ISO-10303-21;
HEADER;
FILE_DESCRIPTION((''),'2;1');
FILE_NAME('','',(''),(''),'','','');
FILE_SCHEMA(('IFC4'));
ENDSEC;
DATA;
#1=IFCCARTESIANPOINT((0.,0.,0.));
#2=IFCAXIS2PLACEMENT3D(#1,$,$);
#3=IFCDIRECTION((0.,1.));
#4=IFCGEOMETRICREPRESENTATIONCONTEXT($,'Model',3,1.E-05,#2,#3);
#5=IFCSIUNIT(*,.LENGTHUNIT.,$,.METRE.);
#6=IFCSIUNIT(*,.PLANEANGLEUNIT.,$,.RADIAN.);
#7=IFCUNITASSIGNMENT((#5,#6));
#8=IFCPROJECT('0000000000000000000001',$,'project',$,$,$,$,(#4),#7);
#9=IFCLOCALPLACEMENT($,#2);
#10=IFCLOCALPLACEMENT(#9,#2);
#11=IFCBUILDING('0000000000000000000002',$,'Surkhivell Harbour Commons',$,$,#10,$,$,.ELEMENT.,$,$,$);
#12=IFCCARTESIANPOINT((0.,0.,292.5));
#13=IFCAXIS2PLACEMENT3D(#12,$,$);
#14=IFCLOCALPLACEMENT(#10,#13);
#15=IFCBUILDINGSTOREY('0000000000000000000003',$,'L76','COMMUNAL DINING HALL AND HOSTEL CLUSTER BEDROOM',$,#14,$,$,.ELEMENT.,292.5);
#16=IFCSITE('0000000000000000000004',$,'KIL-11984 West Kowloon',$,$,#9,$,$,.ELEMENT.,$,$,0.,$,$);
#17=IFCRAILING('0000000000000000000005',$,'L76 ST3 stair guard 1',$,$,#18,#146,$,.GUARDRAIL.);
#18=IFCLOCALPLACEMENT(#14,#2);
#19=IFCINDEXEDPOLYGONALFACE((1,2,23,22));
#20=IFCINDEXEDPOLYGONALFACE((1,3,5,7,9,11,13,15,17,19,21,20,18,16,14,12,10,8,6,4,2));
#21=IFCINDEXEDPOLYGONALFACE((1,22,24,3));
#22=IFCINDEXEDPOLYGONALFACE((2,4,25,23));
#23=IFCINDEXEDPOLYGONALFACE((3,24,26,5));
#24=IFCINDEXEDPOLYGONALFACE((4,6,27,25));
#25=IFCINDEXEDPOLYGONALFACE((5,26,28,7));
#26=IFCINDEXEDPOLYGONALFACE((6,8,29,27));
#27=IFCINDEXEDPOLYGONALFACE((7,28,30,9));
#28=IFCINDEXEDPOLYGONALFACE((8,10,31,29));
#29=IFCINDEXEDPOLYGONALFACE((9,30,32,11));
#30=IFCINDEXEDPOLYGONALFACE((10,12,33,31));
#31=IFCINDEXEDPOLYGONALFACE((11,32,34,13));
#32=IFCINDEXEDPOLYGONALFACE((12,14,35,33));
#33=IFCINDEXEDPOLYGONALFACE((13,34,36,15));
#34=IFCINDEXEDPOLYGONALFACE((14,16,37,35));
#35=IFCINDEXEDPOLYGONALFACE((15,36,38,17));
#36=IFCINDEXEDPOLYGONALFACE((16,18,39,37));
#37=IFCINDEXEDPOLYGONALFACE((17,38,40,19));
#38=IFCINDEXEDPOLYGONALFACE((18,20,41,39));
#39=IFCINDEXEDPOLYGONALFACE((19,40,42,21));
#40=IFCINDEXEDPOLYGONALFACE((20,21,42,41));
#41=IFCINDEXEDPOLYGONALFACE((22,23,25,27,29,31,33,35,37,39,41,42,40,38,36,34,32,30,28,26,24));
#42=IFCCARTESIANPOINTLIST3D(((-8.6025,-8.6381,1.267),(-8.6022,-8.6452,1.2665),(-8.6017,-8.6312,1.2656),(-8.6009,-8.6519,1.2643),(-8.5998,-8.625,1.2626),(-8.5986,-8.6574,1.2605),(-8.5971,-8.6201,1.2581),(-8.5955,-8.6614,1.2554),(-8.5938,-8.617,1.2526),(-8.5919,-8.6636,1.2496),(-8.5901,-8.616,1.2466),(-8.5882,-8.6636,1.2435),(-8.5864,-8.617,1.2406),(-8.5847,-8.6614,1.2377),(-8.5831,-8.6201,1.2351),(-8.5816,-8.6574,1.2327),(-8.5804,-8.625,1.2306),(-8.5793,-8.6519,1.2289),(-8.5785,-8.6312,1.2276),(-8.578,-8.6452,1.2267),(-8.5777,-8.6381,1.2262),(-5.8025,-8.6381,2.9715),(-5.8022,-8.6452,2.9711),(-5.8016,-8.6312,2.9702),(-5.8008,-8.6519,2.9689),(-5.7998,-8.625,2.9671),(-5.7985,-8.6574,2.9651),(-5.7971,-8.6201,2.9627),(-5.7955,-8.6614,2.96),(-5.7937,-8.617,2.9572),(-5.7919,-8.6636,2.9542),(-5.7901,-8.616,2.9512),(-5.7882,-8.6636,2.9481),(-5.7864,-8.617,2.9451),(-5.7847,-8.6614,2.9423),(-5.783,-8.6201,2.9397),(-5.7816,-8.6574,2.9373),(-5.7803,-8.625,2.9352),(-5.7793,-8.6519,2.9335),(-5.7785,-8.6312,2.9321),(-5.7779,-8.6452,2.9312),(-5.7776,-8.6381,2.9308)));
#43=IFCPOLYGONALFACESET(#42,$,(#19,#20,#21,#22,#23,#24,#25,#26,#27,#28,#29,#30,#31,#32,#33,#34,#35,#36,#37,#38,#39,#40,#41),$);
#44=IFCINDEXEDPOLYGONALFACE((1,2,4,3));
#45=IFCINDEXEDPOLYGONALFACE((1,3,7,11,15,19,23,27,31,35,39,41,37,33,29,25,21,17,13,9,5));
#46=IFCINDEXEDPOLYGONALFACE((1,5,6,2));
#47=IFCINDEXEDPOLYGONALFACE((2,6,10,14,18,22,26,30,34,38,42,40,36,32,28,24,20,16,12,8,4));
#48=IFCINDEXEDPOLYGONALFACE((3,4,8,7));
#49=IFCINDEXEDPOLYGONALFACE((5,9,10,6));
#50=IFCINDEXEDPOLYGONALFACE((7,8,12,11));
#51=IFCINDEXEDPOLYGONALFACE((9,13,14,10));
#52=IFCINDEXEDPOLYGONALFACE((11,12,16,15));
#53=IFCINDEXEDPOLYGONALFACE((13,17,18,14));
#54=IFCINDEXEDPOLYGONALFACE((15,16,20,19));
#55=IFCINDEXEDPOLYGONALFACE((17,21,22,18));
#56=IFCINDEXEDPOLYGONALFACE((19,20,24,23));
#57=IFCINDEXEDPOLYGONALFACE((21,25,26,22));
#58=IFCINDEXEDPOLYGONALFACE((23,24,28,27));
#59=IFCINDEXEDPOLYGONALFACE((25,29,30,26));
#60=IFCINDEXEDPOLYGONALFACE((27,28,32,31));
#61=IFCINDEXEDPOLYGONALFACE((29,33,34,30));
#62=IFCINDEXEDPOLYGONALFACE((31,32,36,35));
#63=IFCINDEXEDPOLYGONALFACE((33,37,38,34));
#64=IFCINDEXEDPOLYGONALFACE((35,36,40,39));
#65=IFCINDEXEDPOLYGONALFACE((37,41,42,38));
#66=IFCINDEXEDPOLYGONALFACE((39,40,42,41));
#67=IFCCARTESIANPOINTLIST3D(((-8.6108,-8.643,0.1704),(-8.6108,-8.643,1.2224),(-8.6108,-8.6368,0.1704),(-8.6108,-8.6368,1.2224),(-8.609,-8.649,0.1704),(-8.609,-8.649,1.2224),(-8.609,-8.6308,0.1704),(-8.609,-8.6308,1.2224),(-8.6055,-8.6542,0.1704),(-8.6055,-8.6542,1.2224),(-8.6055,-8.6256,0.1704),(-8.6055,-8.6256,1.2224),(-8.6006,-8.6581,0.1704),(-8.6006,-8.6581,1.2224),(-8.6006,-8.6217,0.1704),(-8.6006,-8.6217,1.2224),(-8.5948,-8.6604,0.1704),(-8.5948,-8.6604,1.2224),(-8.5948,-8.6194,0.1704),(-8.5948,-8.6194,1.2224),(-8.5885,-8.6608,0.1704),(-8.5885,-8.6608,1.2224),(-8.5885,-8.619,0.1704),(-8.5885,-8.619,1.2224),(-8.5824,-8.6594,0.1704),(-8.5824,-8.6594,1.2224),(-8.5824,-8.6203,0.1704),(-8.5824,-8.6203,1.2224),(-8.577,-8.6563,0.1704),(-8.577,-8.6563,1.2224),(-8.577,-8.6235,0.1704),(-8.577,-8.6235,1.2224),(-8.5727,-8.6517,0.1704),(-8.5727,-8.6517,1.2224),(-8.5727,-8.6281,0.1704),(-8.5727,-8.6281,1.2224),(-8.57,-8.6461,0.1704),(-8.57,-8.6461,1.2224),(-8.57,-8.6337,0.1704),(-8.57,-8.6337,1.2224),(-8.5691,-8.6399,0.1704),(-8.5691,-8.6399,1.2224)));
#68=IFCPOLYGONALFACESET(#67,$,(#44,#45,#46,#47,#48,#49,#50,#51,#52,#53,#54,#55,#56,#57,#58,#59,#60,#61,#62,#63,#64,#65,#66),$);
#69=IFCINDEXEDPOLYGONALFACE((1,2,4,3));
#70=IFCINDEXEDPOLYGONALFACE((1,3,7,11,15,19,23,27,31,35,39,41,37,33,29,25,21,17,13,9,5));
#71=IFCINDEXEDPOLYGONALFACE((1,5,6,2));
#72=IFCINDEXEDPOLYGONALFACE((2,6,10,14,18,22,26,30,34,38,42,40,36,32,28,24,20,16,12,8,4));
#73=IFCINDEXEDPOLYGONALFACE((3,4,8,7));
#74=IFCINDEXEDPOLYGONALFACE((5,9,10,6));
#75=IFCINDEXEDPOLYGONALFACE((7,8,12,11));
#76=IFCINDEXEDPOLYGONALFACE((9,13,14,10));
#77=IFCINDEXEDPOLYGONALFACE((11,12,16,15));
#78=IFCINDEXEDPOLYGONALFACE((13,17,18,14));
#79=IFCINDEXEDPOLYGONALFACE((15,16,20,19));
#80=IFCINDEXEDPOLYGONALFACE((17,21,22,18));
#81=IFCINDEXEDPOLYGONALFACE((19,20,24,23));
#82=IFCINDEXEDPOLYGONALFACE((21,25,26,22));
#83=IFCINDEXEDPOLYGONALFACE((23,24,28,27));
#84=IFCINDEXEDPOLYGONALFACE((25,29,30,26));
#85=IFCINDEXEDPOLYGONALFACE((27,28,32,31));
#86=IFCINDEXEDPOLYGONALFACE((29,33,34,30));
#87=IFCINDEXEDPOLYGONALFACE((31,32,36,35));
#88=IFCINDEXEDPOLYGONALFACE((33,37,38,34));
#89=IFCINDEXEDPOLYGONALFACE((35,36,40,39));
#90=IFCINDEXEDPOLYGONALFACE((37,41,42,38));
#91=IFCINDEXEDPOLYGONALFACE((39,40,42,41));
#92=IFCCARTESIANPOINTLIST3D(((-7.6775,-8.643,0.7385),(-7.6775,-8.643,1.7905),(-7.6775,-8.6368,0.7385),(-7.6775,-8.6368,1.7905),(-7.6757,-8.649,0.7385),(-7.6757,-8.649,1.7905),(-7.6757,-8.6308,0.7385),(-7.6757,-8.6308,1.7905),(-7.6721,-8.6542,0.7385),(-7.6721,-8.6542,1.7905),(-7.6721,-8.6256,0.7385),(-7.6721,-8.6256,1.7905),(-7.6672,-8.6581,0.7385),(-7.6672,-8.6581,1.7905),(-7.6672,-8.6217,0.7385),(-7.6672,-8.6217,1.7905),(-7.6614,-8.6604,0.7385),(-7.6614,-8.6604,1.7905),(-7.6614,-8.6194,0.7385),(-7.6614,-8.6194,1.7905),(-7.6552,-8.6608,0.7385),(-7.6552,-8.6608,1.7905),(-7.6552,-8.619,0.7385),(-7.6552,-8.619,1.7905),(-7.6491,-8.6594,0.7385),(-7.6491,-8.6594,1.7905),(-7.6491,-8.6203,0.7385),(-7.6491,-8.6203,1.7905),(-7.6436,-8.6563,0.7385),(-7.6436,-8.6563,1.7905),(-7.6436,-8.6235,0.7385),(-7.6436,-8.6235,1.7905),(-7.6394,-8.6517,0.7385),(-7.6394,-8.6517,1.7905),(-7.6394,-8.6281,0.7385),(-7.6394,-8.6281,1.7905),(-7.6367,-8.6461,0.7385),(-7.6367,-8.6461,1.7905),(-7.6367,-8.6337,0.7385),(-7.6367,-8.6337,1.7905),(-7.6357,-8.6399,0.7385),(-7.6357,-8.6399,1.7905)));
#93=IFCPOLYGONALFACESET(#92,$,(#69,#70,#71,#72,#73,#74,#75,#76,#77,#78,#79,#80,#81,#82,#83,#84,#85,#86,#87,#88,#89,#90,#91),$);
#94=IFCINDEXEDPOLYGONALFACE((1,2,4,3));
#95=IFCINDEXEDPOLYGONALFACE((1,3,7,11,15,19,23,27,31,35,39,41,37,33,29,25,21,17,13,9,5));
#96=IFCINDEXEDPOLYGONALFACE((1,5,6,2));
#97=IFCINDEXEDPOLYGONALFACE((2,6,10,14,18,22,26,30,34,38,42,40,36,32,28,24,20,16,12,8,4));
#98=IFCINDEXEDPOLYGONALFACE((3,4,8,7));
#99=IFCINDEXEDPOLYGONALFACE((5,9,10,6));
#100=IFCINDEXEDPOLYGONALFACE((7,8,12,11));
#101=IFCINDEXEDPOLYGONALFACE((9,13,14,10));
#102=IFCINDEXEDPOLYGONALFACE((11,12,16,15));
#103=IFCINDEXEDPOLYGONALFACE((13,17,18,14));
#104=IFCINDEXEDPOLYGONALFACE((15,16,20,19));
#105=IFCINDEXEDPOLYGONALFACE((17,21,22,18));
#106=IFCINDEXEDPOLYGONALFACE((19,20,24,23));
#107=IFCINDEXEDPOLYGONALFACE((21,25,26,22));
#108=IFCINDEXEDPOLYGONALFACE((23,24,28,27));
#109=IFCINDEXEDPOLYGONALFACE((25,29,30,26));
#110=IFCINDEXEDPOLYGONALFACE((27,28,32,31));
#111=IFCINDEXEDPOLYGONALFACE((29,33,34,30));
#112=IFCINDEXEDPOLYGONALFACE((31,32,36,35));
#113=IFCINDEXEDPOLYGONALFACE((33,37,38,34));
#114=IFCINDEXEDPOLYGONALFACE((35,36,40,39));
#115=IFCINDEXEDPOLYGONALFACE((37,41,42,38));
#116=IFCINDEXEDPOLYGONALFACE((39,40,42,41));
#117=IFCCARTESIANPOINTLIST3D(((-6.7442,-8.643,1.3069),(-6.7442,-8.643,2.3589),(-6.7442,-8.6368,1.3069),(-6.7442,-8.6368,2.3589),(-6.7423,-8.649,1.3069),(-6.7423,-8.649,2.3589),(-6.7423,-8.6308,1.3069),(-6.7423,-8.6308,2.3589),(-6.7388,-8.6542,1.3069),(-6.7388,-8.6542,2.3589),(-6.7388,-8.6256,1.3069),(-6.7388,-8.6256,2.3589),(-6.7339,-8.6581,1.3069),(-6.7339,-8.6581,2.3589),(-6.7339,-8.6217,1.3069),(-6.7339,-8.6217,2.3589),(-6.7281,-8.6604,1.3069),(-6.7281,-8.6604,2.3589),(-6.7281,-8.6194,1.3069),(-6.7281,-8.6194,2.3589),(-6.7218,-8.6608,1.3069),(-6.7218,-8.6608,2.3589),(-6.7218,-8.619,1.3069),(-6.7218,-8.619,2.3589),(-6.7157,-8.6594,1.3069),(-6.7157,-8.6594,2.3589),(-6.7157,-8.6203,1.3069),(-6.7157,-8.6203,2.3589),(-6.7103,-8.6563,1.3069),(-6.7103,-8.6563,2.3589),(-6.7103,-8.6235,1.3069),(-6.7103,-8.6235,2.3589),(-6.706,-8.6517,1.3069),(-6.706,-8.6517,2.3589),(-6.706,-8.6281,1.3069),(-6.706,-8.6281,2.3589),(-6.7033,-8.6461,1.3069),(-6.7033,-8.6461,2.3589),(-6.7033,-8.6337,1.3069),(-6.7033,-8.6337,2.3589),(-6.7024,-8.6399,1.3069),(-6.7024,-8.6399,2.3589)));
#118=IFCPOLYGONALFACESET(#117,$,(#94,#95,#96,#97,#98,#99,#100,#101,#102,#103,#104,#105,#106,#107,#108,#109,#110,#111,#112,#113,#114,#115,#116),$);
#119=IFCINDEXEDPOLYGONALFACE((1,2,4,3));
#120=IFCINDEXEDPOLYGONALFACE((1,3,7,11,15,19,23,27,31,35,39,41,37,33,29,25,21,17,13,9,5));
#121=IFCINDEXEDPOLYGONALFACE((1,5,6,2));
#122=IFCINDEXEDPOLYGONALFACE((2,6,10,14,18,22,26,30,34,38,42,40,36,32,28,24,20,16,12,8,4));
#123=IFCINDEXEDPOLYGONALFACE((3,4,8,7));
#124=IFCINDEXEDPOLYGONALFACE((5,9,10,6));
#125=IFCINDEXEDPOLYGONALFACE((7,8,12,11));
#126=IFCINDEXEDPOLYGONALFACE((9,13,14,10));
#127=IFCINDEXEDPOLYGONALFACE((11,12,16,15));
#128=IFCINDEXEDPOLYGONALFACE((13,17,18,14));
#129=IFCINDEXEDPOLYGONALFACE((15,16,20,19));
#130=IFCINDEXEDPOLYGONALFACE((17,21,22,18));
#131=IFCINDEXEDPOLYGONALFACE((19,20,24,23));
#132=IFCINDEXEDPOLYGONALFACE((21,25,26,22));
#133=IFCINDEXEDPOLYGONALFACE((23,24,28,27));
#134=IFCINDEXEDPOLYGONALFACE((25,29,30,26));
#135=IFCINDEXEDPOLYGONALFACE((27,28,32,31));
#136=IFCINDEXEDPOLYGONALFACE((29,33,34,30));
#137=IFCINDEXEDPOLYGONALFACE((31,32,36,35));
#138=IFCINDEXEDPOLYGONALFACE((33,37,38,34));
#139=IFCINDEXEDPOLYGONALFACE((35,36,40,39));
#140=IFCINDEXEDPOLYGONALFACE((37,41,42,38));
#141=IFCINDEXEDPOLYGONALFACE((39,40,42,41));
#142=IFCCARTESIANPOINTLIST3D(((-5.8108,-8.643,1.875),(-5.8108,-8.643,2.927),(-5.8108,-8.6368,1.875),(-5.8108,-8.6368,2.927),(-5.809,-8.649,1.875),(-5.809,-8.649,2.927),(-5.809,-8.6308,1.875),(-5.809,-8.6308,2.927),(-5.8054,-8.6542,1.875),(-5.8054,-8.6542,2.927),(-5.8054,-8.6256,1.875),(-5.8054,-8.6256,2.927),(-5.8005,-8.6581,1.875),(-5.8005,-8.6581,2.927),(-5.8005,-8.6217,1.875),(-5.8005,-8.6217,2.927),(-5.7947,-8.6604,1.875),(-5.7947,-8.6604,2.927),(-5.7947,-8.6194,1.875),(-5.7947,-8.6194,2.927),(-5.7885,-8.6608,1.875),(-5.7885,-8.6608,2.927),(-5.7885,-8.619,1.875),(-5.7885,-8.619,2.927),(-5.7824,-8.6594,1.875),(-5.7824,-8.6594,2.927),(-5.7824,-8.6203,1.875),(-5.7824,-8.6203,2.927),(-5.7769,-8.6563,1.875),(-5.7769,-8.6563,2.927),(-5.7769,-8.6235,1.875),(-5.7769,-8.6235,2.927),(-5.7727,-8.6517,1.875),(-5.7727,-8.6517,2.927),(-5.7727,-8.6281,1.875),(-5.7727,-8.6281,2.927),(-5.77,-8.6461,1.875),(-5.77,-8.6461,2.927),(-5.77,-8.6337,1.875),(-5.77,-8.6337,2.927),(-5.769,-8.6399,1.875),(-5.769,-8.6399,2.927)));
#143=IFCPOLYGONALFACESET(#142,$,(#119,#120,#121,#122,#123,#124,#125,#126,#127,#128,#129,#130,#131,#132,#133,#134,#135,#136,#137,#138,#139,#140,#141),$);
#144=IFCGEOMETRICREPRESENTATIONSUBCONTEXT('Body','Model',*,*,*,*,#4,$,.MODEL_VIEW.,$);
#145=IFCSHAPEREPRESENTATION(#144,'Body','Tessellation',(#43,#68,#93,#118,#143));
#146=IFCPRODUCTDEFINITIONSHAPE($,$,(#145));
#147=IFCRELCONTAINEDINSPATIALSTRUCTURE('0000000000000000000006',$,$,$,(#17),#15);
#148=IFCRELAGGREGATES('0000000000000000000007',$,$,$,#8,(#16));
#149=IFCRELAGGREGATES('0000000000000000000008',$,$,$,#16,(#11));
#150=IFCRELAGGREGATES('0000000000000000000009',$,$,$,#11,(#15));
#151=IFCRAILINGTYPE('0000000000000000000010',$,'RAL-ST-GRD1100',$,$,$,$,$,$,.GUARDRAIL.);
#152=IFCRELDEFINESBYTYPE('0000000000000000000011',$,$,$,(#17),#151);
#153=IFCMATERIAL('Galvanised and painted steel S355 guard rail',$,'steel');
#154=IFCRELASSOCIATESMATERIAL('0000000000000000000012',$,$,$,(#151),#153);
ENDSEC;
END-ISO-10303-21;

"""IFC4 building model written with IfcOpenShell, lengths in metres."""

from ifc_helpers import new_model, si_unit, direction, frame, origin, origin_2d, place, context, subcontext, project, spatial, circle, extrude, material, type_object, element, save


model = new_model("IFC4")

# Units and contexts
model_context = context("Model", 3, precision=1e-05, world=origin(), true_north=direction((0.0, 1.0)))
body_context = subcontext(model_context, "Body", "Model", "MODEL_VIEW")
ifc_project = project(units=[si_unit("LENGTHUNIT", "METRE"), si_unit("PLANEANGLEUNIT", "RADIAN")], contexts=[model_context])

# Site, building, storey
site_placement = place(None, origin())
site = spatial("IfcSite", under=ifc_project, at=site_placement, Name="KIL-11984 West Kowloon", CompositionType="ELEMENT", RefElevation=0.0)
building_placement = place(site_placement, origin())
building = spatial("IfcBuilding", under=site, at=building_placement, Name="Surkhivell Harbour Commons", CompositionType="ELEMENT")
storey_placement = place(building_placement, frame((0.0, 0.0, 292.5)))
storey = spatial("IfcBuildingStorey", under=building, at=storey_placement, Name="L76", Description="COMMUNAL DINING HALL AND HOSTEL CLUSTER BEDROOM", CompositionType="ELEMENT", Elevation=292.5)

# Railing
ifc_material_1 = material(Name="Galvanised and painted steel S355 guard rail", Category="steel")
railing_type_1 = type_object("IfcRailingType", Name="RAL-ST-GRD1100", PredefinedType="GUARDRAIL", material=ifc_material_1)
railing_1_placement = place(storey_placement, frame((-8.5901, -8.6399, 0.1704)))
element("IfcRailing", 1, at=railing_1_placement, inside=storey, type_object=railing_type_1, Name="L76 ST3 stair guard 1", PredefinedType="GUARDRAIL", context=body_context, shape_type="SweptSolid", body=[
    extrude(circle(Radius=0.0239, at=origin_2d()), frame((0.0, 0.0, 1.0762), z_axis=(0.85417, 0.0, 0.519994), x_axis=(0.0, 1.0, 0.0)), (0.0, 0.0, 1.0), 3.2781),
    extrude(circle(Radius=0.021, at=origin_2d()), origin(), (0.0, 0.0, 1.0), 1.052),
    extrude(circle(Radius=0.021, at=origin_2d()), frame((0.9333, 0.0, 0.5681)), (0.0, 0.0, 1.0), 1.052),
    extrude(circle(Radius=0.021, at=origin_2d()), frame((1.8667, 0.0, 1.1365)), (0.0, 0.0, 1.0), 1.052),
    extrude(circle(Radius=0.021, at=origin_2d()), frame((2.8, 0.0, 1.7046)), (0.0, 0.0, 1.0), 1.052),
])

save(model, "model.ifc")
